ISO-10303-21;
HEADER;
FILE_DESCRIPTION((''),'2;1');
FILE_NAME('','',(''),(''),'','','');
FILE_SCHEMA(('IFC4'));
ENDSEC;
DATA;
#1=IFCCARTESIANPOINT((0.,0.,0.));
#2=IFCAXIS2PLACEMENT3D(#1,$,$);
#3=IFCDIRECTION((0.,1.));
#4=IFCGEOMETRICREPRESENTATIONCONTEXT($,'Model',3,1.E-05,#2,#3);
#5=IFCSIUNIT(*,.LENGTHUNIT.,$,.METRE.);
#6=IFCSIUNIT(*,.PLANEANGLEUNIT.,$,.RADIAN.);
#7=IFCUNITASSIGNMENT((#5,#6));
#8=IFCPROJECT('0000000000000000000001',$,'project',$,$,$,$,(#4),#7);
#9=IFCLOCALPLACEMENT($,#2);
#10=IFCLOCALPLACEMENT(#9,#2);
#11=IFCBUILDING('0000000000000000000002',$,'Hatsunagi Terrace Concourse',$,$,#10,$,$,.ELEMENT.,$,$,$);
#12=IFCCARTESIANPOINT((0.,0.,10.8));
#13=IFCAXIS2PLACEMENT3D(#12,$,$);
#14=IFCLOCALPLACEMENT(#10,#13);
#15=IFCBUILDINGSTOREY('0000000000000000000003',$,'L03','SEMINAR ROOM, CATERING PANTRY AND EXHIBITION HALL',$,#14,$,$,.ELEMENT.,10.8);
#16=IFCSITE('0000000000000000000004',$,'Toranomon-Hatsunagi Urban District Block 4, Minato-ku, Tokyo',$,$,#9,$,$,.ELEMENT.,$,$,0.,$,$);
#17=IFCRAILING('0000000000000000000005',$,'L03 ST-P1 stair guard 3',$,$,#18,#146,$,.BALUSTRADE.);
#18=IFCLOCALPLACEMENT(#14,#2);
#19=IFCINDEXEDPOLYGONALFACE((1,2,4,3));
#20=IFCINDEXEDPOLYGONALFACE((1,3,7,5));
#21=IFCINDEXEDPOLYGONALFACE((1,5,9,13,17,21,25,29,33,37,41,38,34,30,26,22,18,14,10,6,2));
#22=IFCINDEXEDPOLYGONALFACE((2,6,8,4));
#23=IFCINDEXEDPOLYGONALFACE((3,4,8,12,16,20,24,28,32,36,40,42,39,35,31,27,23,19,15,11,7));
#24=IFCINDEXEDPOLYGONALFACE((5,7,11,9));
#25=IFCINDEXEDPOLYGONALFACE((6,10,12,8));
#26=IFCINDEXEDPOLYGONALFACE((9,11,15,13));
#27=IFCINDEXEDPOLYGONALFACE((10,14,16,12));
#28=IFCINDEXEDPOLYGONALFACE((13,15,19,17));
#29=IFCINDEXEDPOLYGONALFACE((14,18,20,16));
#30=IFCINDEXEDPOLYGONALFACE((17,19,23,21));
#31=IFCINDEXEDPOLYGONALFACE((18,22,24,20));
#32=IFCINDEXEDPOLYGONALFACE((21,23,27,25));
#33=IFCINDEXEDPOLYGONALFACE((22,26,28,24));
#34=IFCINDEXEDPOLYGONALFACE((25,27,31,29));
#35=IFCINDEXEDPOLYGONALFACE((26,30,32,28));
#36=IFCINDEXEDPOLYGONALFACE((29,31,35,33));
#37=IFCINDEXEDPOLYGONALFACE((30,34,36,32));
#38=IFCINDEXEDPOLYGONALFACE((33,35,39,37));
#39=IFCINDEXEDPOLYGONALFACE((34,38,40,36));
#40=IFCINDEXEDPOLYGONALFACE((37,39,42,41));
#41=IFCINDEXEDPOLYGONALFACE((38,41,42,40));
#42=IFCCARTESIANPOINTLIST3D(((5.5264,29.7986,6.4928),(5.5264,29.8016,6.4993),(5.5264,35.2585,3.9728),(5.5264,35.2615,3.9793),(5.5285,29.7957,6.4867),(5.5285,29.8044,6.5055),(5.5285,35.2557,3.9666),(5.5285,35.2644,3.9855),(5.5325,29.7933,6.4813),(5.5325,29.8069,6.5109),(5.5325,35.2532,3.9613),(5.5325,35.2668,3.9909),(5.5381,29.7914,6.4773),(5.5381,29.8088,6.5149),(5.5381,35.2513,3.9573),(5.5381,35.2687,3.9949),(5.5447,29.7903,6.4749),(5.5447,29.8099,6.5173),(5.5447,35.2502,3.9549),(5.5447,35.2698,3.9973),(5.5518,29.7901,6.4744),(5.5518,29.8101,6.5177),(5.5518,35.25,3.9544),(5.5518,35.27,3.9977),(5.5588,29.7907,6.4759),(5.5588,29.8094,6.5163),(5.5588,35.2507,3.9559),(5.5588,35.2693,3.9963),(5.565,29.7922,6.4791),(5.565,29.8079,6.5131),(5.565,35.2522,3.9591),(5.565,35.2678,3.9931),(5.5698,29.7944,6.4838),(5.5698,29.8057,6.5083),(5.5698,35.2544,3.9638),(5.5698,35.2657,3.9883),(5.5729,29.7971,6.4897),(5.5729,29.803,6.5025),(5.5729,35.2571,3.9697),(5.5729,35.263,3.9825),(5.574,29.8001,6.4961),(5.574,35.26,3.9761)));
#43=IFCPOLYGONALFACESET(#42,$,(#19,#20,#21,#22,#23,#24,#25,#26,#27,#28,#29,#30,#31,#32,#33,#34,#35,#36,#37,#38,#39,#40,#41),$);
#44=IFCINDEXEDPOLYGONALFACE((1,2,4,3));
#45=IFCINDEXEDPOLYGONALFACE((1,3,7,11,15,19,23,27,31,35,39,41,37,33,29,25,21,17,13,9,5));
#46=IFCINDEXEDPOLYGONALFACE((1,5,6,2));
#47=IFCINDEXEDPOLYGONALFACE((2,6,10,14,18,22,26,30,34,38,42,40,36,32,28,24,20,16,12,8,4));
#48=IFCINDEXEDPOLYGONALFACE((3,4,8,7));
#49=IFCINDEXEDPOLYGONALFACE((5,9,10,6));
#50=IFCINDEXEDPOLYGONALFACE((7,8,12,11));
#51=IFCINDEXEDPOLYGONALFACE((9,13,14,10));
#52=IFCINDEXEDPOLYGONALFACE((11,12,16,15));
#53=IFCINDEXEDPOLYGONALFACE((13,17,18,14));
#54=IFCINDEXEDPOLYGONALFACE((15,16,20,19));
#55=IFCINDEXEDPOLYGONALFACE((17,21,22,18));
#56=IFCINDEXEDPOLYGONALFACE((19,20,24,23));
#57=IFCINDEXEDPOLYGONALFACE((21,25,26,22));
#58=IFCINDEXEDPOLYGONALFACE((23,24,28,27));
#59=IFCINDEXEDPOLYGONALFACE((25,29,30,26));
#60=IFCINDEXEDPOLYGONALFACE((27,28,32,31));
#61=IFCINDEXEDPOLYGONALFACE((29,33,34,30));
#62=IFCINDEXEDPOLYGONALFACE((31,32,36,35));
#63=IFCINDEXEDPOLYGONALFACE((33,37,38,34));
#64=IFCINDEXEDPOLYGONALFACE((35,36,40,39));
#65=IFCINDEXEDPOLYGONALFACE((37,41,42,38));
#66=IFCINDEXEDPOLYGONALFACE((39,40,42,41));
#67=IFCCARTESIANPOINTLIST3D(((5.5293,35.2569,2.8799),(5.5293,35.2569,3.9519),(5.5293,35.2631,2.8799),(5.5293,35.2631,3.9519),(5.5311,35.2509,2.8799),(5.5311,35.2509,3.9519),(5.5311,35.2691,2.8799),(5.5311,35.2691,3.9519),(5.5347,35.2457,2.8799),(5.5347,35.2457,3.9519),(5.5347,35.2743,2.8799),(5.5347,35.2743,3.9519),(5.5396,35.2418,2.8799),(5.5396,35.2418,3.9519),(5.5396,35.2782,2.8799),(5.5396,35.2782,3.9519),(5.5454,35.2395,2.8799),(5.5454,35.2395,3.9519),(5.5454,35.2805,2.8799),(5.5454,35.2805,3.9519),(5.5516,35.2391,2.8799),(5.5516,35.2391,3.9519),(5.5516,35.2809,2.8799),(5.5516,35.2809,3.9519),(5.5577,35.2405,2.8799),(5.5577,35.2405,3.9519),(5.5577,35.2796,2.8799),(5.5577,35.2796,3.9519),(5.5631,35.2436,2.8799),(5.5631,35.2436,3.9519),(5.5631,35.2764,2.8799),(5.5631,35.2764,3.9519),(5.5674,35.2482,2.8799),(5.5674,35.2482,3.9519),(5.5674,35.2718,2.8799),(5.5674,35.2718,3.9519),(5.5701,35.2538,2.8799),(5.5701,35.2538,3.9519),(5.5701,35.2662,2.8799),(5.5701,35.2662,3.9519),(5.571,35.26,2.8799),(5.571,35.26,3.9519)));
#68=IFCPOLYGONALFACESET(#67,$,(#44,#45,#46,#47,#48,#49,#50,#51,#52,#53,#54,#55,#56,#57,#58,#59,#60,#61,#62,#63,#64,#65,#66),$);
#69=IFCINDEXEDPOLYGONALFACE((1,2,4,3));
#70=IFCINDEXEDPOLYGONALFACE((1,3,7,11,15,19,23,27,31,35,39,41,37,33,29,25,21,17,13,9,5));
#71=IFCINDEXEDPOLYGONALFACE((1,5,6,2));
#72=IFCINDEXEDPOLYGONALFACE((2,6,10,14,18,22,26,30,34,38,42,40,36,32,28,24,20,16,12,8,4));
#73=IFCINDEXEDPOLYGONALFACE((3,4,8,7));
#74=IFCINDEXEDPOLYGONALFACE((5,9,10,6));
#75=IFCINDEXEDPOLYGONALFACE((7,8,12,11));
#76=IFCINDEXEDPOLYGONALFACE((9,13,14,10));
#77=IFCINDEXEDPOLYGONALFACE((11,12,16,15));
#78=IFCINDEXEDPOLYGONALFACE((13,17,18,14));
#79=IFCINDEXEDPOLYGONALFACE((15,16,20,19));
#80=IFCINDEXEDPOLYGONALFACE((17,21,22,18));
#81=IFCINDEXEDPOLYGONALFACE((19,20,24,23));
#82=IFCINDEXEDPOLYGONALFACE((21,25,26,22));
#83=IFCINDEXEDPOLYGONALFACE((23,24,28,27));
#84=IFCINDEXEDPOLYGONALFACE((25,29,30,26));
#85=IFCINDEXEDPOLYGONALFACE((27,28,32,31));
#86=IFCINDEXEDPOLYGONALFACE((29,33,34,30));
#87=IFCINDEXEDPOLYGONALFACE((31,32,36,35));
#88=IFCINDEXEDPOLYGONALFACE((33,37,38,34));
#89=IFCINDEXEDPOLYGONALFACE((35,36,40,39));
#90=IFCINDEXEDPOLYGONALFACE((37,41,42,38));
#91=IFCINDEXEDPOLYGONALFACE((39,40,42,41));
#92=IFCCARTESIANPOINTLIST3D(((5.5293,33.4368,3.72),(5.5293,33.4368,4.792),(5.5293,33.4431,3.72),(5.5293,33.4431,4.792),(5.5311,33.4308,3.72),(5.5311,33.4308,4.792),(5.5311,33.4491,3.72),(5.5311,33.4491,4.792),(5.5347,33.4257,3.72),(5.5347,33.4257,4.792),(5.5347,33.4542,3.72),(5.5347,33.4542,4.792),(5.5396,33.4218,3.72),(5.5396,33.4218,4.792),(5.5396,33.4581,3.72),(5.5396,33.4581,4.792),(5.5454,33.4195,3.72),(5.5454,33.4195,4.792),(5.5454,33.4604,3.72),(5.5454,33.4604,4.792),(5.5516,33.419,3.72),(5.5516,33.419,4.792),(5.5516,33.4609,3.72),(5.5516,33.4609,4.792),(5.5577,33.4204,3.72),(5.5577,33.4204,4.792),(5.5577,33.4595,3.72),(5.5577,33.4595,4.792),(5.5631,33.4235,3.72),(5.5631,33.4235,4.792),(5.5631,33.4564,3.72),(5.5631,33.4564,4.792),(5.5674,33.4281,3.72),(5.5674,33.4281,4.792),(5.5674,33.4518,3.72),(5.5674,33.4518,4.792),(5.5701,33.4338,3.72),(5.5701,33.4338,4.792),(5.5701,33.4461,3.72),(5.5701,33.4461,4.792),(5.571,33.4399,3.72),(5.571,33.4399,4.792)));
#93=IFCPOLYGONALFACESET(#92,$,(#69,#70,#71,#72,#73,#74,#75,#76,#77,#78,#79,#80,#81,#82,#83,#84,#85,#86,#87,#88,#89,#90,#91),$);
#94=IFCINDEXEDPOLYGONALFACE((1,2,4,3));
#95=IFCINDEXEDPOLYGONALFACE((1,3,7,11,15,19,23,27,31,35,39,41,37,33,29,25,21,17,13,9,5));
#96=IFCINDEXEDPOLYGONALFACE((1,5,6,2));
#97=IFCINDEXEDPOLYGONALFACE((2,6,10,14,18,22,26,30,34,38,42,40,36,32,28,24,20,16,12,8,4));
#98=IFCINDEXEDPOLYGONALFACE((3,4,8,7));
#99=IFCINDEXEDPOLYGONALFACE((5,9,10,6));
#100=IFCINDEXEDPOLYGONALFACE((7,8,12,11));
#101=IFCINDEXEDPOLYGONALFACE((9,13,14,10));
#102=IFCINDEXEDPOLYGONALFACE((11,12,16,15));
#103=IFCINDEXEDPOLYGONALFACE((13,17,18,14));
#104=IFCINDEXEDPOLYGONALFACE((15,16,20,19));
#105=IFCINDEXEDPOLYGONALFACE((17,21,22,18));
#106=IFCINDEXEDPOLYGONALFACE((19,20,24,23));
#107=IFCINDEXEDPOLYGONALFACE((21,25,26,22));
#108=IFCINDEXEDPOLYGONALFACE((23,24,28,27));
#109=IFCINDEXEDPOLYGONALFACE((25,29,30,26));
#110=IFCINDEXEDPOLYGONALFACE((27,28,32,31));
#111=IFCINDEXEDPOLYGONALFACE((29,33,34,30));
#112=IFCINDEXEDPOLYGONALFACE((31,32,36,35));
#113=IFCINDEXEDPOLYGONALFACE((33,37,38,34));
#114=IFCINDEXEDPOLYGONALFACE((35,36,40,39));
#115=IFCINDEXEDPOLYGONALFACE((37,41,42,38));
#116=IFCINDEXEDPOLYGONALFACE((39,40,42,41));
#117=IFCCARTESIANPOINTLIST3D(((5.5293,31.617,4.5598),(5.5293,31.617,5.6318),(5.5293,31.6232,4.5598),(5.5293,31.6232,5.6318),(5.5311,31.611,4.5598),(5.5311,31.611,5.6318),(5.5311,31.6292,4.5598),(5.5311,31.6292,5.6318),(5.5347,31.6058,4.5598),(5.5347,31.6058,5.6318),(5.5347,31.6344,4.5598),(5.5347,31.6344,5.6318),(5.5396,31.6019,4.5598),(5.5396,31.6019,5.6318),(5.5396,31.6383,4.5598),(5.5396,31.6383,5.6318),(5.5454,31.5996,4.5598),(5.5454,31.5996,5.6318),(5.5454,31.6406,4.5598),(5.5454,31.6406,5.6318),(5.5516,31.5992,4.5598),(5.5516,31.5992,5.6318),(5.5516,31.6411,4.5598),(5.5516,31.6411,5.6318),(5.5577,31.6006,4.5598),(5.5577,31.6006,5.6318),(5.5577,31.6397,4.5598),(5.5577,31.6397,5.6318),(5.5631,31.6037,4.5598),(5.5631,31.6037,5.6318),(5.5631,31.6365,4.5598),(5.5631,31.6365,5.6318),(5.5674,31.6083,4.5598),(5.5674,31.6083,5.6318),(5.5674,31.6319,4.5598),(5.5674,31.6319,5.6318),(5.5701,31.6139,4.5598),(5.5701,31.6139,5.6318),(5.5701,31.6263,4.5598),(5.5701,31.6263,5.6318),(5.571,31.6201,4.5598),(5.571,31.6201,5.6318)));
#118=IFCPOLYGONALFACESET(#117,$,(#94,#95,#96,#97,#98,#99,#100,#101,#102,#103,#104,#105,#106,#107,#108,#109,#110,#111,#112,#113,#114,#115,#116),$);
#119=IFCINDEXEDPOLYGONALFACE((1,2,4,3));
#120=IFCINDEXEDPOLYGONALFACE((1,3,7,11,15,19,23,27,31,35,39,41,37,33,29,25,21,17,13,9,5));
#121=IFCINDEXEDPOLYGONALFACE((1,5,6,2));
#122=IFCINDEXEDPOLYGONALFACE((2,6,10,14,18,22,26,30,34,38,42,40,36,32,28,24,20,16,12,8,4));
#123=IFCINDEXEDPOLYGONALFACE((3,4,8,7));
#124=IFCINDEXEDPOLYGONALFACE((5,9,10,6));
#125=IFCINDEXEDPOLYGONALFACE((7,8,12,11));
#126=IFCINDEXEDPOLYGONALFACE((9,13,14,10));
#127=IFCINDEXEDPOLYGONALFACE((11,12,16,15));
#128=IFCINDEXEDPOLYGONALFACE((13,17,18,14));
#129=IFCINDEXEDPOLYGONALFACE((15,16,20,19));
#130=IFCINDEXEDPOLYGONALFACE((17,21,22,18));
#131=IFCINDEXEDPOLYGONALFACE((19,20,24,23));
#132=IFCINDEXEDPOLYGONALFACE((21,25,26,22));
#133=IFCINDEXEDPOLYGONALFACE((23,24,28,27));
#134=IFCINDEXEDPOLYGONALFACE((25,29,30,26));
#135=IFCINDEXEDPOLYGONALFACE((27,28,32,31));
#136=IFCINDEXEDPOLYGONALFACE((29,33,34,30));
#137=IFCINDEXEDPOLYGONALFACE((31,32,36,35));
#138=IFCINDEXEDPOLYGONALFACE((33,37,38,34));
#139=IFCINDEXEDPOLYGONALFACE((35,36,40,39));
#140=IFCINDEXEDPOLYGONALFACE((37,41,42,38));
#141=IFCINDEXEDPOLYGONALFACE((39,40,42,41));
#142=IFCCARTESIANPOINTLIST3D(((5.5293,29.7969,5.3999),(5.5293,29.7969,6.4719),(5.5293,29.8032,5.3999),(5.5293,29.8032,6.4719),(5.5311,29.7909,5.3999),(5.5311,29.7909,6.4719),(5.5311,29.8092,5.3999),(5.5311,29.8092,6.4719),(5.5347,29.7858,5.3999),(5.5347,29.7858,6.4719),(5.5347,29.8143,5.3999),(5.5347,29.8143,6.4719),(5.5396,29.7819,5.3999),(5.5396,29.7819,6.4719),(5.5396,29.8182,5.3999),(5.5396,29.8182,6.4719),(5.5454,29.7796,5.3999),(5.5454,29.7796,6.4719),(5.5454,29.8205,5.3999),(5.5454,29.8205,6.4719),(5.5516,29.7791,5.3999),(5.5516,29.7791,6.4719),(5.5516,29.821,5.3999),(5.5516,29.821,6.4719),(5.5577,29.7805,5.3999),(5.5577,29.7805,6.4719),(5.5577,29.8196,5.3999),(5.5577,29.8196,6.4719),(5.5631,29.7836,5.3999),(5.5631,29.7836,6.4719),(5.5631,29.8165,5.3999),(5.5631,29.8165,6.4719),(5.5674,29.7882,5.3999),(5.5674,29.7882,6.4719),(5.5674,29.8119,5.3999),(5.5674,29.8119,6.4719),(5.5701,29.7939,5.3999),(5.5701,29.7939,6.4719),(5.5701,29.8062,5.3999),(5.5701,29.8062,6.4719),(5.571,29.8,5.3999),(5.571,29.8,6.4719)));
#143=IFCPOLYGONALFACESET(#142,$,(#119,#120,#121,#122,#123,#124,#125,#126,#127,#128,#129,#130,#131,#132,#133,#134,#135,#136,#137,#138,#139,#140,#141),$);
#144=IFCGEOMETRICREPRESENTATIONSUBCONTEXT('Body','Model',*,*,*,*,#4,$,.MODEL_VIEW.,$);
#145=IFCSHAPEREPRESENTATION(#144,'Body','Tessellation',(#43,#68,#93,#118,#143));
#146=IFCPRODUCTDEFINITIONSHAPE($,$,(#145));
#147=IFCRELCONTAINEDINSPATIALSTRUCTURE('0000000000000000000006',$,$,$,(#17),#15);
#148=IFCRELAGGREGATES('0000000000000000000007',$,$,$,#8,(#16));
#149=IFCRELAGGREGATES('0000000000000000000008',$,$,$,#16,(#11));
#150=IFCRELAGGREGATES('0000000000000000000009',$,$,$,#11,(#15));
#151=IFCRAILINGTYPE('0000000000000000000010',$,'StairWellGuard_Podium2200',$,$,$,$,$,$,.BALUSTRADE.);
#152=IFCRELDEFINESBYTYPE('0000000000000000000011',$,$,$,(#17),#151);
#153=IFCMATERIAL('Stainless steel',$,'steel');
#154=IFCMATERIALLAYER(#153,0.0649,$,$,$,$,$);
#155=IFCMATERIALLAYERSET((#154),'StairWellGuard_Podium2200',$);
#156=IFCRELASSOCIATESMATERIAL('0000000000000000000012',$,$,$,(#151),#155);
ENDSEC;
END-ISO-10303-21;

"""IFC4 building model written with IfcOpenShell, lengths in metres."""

from ifc_helpers import new_model, si_unit, direction, frame, origin, origin_2d, place, context, subcontext, project, spatial, circle, extrude, material, layer, layer_set, type_object, element, save


model = new_model("IFC4")

# Units and contexts
model_context = context("Model", 3, precision=1e-05, world=origin(), true_north=direction((0.0, 1.0)))
body_context = subcontext(model_context, "Body", "Model", "MODEL_VIEW")
ifc_project = project(units=[si_unit("LENGTHUNIT", "METRE"), si_unit("PLANEANGLEUNIT", "RADIAN")], contexts=[model_context])

# Site, building, storey
site_placement = place(None, origin())
site = spatial("IfcSite", under=ifc_project, at=site_placement, Name="Toranomon-Hatsunagi Urban District Block 4, Minato-ku, Tokyo", CompositionType="ELEMENT", RefElevation=0.0)
building_placement = place(site_placement, origin())
building = spatial("IfcBuilding", under=site, at=building_placement, Name="Hatsunagi Terrace Concourse", CompositionType="ELEMENT")
storey_placement = place(building_placement, frame((0.0, 0.0, 10.8)))
storey = spatial("IfcBuildingStorey", under=building, at=storey_placement, Name="L03", Description="SEMINAR ROOM, CATERING PANTRY AND EXHIBITION HALL", CompositionType="ELEMENT", Elevation=10.8)

# Railing
ifc_material_1 = material(Name="Stainless steel", Category="steel")
ifc_layer_1 = layer(ifc_material_1, 0.0649)
ifc_layer_set_1 = layer_set([ifc_layer_1], Name="StairWellGuard_Podium2200")
railing_type_1 = type_object("IfcRailingType", Name="StairWellGuard_Podium2200", PredefinedType="BALUSTRADE", material=ifc_layer_set_1)
railing_1_placement = place(storey_placement, frame((5.55, 35.26, 2.8799)))
element("IfcRailing", 1, at=railing_1_placement, inside=storey, type_object=railing_type_1, Name="L03 ST-P1 stair guard 3", PredefinedType="BALUSTRADE", context=body_context, shape_type="SweptSolid", body=[
    extrude(circle(Radius=0.0239, at=origin_2d()), frame((0.0, 0.0, 1.0962), z_axis=(0.0, -0.907957, 0.419063), x_axis=(1.0, 0.0, 0.0)), (0.0, 0.0, 1.0), 6.0134),
    extrude(circle(Radius=0.021, at=origin_2d()), origin(), (0.0, 0.0, 1.0), 1.072),
    extrude(circle(Radius=0.021, at=origin_2d()), frame((0.0, -1.8201, 0.8401)), (0.0, 0.0, 1.0), 1.072),
    extrude(circle(Radius=0.021, at=origin_2d()), frame((0.0, -3.6399, 1.6799)), (0.0, 0.0, 1.0), 1.072),
    extrude(circle(Radius=0.021, at=origin_2d()), frame((0.0, -5.46, 2.52)), (0.0, 0.0, 1.0), 1.072),
])

save(model, "model.ifc")
